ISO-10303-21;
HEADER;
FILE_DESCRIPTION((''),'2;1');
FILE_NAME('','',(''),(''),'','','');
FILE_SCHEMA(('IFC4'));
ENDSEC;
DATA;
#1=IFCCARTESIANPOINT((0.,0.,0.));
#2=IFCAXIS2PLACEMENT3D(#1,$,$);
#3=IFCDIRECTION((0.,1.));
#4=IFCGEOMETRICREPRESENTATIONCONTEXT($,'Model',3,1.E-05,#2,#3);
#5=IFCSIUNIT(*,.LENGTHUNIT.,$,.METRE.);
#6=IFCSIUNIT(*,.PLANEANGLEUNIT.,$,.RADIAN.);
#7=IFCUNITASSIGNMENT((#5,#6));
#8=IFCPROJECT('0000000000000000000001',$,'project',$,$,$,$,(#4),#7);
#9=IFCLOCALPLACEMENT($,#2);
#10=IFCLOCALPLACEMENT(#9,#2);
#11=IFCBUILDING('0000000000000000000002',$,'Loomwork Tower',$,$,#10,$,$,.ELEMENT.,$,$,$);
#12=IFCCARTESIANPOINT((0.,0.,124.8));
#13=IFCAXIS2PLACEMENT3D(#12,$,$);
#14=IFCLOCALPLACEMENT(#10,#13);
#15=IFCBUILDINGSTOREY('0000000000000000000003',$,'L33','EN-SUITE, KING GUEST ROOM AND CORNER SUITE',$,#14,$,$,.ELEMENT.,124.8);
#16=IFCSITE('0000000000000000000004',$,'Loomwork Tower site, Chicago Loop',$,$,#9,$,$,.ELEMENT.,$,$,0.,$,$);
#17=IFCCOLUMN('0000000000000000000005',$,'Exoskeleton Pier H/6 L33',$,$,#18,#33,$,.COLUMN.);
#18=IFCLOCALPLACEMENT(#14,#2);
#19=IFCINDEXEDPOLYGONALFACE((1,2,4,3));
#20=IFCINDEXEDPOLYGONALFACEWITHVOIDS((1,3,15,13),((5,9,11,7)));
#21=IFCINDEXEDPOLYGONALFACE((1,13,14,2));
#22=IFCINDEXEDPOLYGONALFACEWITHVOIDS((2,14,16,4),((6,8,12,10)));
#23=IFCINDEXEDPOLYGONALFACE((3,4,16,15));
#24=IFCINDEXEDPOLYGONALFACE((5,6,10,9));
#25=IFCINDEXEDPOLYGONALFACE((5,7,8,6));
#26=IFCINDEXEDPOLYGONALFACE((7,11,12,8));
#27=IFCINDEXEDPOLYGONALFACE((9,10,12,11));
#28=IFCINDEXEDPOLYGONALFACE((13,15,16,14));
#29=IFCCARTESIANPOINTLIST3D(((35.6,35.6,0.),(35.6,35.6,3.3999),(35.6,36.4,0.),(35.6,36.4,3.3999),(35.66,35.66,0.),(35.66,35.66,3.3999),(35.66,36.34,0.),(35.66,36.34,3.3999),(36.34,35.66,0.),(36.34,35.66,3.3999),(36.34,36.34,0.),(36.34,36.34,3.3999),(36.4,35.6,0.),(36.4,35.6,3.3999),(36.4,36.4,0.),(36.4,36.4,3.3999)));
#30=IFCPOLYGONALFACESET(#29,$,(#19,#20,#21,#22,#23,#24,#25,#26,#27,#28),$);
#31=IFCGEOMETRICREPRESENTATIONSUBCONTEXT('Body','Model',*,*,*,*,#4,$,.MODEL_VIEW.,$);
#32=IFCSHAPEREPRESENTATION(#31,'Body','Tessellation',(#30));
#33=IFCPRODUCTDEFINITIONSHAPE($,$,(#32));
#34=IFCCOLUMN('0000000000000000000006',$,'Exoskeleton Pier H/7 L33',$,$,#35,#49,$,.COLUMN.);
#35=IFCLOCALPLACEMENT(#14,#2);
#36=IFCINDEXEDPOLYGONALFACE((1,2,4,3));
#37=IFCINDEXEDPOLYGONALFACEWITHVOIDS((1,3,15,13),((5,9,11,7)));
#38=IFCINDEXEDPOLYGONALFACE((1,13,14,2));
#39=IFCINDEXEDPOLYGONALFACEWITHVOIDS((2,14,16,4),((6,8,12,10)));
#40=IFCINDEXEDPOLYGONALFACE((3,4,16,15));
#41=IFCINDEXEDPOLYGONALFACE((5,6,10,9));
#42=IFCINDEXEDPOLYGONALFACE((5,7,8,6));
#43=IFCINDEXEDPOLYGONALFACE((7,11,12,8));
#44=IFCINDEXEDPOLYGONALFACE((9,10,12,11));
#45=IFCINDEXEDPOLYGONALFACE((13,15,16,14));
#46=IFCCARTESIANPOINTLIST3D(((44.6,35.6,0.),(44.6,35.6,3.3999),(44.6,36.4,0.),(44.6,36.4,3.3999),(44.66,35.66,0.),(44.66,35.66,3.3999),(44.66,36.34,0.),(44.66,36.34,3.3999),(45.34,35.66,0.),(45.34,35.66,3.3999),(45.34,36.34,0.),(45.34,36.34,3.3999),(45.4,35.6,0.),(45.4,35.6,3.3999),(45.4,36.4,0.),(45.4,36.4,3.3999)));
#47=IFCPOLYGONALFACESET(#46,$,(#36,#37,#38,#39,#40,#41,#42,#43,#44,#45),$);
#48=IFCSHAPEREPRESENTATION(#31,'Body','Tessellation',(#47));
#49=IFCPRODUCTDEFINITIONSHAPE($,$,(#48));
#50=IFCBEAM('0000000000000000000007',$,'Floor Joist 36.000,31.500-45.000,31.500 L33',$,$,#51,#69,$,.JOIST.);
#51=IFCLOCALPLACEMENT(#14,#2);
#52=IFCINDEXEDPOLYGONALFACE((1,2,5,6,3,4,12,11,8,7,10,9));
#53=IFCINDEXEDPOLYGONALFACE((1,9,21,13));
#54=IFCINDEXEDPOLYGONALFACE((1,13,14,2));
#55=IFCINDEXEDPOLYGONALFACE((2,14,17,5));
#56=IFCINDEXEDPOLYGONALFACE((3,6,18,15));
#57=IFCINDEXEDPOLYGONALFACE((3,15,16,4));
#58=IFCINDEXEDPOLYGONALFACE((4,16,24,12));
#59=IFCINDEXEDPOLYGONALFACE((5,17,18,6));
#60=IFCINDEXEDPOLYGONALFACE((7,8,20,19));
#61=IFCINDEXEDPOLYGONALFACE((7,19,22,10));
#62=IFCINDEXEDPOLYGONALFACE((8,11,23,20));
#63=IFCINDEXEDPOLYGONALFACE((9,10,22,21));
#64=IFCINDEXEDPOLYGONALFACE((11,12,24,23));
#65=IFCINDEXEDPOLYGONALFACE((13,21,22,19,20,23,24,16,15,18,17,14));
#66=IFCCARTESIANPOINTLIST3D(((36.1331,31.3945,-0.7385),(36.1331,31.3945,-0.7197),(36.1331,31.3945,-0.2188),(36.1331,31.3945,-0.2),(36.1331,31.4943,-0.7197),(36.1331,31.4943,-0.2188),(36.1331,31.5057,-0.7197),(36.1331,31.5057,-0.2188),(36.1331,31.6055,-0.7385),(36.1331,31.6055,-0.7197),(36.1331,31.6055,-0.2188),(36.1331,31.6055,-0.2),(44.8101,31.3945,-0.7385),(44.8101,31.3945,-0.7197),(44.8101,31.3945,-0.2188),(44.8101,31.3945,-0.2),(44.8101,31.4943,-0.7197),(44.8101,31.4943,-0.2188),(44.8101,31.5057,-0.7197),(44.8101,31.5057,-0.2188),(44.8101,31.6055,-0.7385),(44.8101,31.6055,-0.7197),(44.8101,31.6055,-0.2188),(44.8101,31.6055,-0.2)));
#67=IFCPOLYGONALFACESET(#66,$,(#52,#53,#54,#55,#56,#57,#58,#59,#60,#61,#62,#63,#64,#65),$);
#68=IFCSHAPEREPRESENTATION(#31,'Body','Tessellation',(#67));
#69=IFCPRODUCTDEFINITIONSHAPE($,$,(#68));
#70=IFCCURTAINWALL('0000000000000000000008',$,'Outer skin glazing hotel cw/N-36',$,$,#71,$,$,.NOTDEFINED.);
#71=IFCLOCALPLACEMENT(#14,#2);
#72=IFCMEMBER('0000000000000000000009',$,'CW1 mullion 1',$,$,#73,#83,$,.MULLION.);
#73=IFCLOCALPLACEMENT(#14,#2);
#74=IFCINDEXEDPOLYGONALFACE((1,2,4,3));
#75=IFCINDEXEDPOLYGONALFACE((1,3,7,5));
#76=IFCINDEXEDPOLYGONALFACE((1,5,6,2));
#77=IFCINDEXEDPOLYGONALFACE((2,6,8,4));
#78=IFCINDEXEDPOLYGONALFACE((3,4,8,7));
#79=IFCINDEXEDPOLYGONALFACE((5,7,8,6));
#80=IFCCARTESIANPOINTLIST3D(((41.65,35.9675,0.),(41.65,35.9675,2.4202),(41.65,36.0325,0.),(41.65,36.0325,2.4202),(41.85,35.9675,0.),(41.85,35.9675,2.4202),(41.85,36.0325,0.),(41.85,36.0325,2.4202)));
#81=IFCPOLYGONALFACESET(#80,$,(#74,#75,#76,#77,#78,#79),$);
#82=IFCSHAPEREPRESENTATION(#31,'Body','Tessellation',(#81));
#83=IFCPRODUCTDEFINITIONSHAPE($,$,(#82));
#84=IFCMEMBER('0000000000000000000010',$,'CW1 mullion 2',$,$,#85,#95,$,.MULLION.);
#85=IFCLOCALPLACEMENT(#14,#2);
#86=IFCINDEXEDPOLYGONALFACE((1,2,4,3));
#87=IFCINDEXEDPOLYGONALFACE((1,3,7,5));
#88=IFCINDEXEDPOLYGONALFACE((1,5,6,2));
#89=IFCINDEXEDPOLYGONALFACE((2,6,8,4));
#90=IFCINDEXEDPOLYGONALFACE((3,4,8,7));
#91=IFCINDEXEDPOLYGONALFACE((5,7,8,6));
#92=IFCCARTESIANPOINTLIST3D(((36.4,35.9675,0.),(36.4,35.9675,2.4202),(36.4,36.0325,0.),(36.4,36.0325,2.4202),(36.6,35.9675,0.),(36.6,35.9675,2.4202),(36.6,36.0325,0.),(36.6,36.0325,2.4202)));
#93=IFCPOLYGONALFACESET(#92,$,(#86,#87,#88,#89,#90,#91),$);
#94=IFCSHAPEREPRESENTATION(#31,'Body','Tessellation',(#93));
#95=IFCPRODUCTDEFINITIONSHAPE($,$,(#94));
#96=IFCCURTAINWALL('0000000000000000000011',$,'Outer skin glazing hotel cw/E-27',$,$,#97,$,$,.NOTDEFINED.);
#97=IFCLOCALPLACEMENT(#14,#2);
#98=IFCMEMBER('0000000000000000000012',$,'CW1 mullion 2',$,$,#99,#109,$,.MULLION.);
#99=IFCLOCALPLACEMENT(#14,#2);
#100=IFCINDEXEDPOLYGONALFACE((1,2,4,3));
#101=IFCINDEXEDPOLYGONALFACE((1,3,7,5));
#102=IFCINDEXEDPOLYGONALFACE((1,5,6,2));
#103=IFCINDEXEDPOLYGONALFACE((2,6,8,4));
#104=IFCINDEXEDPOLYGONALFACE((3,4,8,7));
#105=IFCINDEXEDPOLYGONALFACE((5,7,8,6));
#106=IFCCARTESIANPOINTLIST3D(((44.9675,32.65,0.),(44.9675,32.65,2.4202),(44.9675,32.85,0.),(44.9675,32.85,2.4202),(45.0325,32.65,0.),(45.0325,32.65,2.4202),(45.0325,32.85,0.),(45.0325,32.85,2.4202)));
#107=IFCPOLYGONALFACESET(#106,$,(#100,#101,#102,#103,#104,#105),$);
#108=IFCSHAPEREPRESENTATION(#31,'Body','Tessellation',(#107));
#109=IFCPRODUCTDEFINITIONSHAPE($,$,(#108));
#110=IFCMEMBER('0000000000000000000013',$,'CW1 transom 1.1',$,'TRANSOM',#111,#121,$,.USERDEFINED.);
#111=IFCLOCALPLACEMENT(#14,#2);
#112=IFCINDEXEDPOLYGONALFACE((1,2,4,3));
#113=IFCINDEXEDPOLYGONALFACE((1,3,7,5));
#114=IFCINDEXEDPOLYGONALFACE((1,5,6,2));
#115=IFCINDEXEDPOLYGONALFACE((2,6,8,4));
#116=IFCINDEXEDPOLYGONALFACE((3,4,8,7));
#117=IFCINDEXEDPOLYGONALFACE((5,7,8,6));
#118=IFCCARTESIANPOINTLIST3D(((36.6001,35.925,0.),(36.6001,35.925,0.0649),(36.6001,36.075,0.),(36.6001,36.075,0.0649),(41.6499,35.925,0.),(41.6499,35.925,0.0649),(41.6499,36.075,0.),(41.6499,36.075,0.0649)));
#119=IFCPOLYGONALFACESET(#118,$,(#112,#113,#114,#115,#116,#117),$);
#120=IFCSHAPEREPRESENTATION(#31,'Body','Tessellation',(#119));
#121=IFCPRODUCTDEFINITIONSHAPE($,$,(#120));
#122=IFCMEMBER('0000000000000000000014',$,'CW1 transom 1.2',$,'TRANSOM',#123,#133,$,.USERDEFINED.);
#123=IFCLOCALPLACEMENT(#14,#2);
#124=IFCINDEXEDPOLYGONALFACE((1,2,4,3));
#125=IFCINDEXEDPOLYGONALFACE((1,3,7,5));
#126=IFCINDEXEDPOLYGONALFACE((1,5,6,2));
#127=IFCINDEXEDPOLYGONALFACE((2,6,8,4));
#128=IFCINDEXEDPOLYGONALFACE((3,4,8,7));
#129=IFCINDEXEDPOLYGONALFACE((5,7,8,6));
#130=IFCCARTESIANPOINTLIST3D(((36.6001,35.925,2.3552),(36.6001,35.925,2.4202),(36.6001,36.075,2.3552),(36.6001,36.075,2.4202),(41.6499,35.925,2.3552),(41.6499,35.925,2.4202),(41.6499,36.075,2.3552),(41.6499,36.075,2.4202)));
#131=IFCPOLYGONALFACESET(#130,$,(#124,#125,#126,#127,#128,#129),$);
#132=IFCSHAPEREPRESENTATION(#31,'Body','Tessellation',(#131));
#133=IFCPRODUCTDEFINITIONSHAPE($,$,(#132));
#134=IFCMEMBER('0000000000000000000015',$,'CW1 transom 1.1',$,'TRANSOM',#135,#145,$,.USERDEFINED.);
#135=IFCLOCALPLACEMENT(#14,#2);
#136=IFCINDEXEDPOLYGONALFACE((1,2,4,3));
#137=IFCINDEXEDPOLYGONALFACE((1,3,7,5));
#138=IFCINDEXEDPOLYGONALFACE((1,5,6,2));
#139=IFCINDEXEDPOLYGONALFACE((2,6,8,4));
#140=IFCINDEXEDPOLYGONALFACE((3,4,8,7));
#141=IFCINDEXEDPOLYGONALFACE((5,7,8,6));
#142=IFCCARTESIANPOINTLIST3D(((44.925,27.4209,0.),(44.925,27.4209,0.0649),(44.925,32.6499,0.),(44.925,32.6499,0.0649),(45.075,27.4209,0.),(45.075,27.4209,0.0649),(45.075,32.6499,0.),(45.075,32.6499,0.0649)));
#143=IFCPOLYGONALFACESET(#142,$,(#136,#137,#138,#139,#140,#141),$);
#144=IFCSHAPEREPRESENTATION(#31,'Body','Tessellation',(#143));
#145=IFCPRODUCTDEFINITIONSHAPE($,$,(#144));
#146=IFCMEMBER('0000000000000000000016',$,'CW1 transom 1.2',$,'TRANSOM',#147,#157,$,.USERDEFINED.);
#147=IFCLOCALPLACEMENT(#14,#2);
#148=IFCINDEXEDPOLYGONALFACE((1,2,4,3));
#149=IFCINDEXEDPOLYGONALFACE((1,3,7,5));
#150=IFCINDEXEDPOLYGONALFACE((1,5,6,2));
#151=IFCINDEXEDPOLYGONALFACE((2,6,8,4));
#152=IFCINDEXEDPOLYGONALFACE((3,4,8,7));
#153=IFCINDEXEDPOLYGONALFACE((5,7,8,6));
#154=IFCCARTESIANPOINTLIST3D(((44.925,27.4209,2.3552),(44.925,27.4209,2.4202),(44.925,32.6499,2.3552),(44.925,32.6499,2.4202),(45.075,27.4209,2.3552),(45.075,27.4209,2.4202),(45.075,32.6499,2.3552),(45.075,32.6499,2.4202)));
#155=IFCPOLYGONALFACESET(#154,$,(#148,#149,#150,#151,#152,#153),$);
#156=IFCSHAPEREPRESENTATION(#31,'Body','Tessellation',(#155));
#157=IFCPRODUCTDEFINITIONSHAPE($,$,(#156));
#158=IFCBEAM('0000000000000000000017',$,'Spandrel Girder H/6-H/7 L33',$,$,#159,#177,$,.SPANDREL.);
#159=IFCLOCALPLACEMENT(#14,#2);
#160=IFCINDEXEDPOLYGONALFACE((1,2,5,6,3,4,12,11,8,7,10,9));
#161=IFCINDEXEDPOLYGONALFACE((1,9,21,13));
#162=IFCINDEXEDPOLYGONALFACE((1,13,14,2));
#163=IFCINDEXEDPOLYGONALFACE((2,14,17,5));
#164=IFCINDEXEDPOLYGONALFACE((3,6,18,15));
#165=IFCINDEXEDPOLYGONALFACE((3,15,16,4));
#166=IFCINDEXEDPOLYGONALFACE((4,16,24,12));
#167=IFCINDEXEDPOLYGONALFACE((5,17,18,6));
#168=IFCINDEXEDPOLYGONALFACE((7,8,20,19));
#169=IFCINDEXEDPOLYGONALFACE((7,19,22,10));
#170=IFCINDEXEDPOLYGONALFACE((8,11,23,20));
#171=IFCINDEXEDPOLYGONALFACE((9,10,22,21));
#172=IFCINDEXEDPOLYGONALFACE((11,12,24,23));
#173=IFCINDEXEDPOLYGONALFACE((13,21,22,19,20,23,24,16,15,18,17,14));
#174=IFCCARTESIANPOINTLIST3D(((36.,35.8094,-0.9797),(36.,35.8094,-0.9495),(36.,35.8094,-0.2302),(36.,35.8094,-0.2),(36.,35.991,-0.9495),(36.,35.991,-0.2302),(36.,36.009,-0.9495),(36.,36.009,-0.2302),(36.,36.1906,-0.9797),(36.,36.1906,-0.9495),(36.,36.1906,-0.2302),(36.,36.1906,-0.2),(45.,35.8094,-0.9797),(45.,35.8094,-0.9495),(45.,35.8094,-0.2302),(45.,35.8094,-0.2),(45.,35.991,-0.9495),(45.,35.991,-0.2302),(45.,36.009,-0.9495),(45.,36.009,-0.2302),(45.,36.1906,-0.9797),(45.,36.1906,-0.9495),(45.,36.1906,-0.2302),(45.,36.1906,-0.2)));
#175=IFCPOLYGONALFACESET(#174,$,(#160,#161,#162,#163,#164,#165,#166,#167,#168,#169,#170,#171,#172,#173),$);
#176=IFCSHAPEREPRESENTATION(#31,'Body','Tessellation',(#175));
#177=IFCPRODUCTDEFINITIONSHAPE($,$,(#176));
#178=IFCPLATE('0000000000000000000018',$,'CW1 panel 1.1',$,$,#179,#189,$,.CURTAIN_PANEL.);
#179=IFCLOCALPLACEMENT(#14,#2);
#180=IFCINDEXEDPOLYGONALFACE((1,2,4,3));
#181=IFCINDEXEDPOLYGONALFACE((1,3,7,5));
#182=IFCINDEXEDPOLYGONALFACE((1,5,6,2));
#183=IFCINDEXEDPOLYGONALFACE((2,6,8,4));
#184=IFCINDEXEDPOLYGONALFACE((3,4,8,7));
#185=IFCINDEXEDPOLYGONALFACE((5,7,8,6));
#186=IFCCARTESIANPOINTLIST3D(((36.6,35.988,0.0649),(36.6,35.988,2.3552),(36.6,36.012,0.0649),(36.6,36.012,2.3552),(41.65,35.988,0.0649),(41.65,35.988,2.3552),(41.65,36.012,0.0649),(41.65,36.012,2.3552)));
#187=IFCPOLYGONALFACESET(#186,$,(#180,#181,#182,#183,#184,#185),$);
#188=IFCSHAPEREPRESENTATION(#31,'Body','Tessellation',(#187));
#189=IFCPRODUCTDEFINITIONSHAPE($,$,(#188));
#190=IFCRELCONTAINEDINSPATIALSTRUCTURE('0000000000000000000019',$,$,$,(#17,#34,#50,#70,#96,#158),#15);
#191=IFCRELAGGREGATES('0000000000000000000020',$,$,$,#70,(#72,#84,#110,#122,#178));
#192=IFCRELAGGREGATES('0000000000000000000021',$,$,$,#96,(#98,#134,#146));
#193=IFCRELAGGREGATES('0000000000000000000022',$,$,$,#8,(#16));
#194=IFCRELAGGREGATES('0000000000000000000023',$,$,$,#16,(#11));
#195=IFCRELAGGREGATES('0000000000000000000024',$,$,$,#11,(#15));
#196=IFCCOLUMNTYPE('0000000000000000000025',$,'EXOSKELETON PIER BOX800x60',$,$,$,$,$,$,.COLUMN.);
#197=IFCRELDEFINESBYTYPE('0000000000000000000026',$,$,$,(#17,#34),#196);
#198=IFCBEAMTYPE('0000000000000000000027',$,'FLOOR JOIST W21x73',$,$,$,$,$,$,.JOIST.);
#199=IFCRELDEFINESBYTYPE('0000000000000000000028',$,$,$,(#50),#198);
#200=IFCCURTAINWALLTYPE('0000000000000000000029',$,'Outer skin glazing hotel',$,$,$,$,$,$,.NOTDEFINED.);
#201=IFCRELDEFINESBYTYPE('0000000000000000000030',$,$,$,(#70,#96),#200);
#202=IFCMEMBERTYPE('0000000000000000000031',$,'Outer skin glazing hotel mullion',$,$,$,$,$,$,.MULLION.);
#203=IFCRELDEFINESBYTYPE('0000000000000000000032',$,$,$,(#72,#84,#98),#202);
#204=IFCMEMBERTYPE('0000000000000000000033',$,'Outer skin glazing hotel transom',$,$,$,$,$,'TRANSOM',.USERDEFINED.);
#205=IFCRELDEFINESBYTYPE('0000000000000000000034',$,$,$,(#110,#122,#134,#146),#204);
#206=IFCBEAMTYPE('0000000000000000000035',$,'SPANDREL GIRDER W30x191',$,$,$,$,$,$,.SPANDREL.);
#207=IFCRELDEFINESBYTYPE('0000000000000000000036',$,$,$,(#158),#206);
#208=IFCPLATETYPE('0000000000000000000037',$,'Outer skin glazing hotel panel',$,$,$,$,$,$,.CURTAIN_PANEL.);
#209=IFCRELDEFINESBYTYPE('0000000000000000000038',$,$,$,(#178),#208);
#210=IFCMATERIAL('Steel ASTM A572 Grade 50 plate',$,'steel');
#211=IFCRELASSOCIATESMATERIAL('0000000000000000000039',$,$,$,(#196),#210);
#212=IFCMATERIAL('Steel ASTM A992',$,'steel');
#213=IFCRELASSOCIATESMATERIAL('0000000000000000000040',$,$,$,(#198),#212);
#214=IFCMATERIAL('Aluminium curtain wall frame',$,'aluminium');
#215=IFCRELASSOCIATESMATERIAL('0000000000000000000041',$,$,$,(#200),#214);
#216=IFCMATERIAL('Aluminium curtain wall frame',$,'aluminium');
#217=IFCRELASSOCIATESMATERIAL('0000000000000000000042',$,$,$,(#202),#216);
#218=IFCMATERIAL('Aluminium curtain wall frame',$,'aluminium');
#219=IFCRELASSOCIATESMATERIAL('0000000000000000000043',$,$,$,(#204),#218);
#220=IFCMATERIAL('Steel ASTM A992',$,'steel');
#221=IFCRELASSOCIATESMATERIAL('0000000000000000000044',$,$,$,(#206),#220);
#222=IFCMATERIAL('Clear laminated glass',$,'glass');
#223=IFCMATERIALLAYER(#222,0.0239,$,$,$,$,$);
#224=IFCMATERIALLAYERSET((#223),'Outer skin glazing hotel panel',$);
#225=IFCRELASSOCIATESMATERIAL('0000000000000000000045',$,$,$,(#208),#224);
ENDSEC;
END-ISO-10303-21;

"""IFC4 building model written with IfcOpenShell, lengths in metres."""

from ifc_helpers import new_model, si_unit, direction, frame, origin, origin_2d, place, context, subcontext, project, spatial, rectangle, hollow_rectangle, i_section, extrude, material, layer, layer_set, material_profile, profile_set, type_object, element, aggregate, save


model = new_model("IFC4")

# Units and contexts
model_context = context("Model", 3, precision=1e-05, world=origin(), true_north=direction((0.0, 1.0)))
body_context = subcontext(model_context, "Body", "Model", "MODEL_VIEW")
ifc_project = project(units=[si_unit("LENGTHUNIT", "METRE"), si_unit("PLANEANGLEUNIT", "RADIAN")], contexts=[model_context])

# Site, building, storey
site_placement = place(None, origin())
site = spatial("IfcSite", under=ifc_project, at=site_placement, Name="Loomwork Tower site, Chicago Loop", CompositionType="ELEMENT", RefElevation=0.0)
building_placement = place(site_placement, origin())
building = spatial("IfcBuilding", under=site, at=building_placement, Name="Loomwork Tower", CompositionType="ELEMENT")
storey_placement = place(building_placement, frame((0.0, 0.0, 124.8)))
storey = spatial("IfcBuildingStorey", under=building, at=storey_placement, Name="L33", Description="EN-SUITE, KING GUEST ROOM AND CORNER SUITE", CompositionType="ELEMENT", Elevation=124.8)

# Columns
ifc_material_1 = material(Name="Steel ASTM A572 Grade 50 plate", Category="steel")
ifc_material_profile_1 = material_profile(ifc_material_1, hollow_rectangle(XDim=0.8, YDim=0.8, WallThickness=0.0601, at=origin_2d()), Name="BOX800x60")
ifc_profile_set_1 = profile_set([ifc_material_profile_1], Name="Steel ASTM A572 Grade 50 plate")
column_type = type_object("IfcColumnType", Name="EXOSKELETON PIER BOX800x60", PredefinedType="COLUMN", material=ifc_profile_set_1)
for number, where, z_axis, x_axis, name in (
    (1, (36.0, 36.0, 0.0), (0.0, 0.0, 1.0), (1.0, 0.0, 0.0), "Exoskeleton Pier H/6 L33"),
    (2, (45.0, 36.0, 0.0), (0.0, 0.0, 1.0), (1.0, 0.0, 0.0), "Exoskeleton Pier H/7 L33"),
):
    element("IfcColumn", number, at=place(storey_placement, frame(where, z_axis=z_axis, x_axis=x_axis)), inside=storey, type_object=column_type, Name=name, PredefinedType="COLUMN", context=body_context, shape_type="SweptSolid", body=[
        extrude(hollow_rectangle(XDim=0.8, YDim=0.8, WallThickness=0.0601, at=origin_2d()), origin(), (0.0, 0.0, 1.0), 3.3999),
    ])

# Beam
ifc_material_2 = material(Name="Steel ASTM A992", Category="steel")
ifc_material_profile_2 = material_profile(ifc_material_2, i_section(OverallWidth=0.2109, OverallDepth=0.5386, WebThickness=0.0115, FlangeThickness=0.0188, at=origin_2d()), Name="W21x73")
ifc_profile_set_2 = profile_set([ifc_material_profile_2], Name="Steel ASTM A992")
beam_type_1 = type_object("IfcBeamType", Name="FLOOR JOIST W21x73", PredefinedType="JOIST", material=ifc_profile_set_2)
beam_1_placement = place(storey_placement, frame((36.1331, 31.5, -0.4692), z_axis=(1.0, 0.0, 0.0), x_axis=(0.0, 1.0, 0.0)))
element("IfcBeam", 3, at=beam_1_placement, inside=storey, type_object=beam_type_1, Name="Floor Joist 36.000,31.500-45.000,31.500 L33", PredefinedType="JOIST", context=body_context, shape_type="SweptSolid", body=[
    extrude(i_section(OverallWidth=0.2109, OverallDepth=0.5386, WebThickness=0.0115, FlangeThickness=0.0188, at=origin_2d()), origin(), (0.0, 0.0, 1.0), 8.677),
])

# Curtain wall, members
ifc_material_3 = material(Name="Aluminium curtain wall frame", Category="aluminium")
curtain_wall_type = type_object("IfcCurtainWallType", Name="Outer skin glazing hotel", PredefinedType="NOTDEFINED", material=ifc_material_3)
curtain_wall_1_placement = place(storey_placement, origin())
curtain_wall_1 = element("IfcCurtainWall", 4, at=curtain_wall_1_placement, inside=storey, type_object=curtain_wall_type, Name="Outer skin glazing hotel cw/N-36", PredefinedType="NOTDEFINED")
ifc_material_4 = material(Name="Aluminium curtain wall frame", Category="aluminium")
ifc_material_profile_3 = material_profile(ifc_material_4, rectangle(XDim=0.0649, YDim=0.2, at=origin_2d()), Name="AL 65x200")
ifc_profile_set_3 = profile_set([ifc_material_profile_3], Name="Aluminium curtain wall frame")
member_type_1 = type_object("IfcMemberType", Name="Outer skin glazing hotel mullion", PredefinedType="MULLION", material=ifc_profile_set_3)
member_1_placement = place(storey_placement, frame((41.75, 36.0, 0.0), z_axis=(0.0, 0.0, 1.0), x_axis=(0.0, -1.0, 0.0)))
member_1 = element("IfcMember", 5, at=member_1_placement, type_object=member_type_1, Name="CW1 mullion 1", PredefinedType="MULLION", context=body_context, shape_type="SweptSolid", body=[
    extrude(rectangle(XDim=0.0649, YDim=0.2, at=origin_2d()), origin(), (0.0, 0.0, 1.0), 2.4202),
])
member_2_placement = place(storey_placement, frame((36.5, 36.0, 0.0), z_axis=(0.0, 0.0, 1.0), x_axis=(0.0, -1.0, 0.0)))
member_2 = element("IfcMember", 6, at=member_2_placement, type_object=member_type_1, Name="CW1 mullion 2", PredefinedType="MULLION", context=body_context, shape_type="SweptSolid", body=[
    extrude(rectangle(XDim=0.0649, YDim=0.2, at=origin_2d()), origin(), (0.0, 0.0, 1.0), 2.4202),
])

# Curtain wall, member
curtain_wall_2_placement = place(storey_placement, origin())
curtain_wall_2 = element("IfcCurtainWall", 7, at=curtain_wall_2_placement, inside=storey, type_object=curtain_wall_type, Name="Outer skin glazing hotel cw/E-27", PredefinedType="NOTDEFINED")
member_3_placement = place(storey_placement, frame((45.0, 32.75, 0.0), z_axis=(0.0, 0.0, 1.0), x_axis=(-1.0, 0.0, 0.0)))
member_3 = element("IfcMember", 8, at=member_3_placement, type_object=member_type_1, Name="CW1 mullion 2", PredefinedType="MULLION", context=body_context, shape_type="SweptSolid", body=[
    extrude(rectangle(XDim=0.0649, YDim=0.2, at=origin_2d()), origin(), (0.0, 0.0, 1.0), 2.4202),
])

# Members
ifc_material_5 = material(Name="Aluminium curtain wall frame", Category="aluminium")
ifc_material_profile_4 = material_profile(ifc_material_5, rectangle(XDim=0.1499, YDim=0.0649, at=origin_2d()), Name="AL 65x150")
ifc_profile_set_4 = profile_set([ifc_material_profile_4], Name="Aluminium curtain wall frame")
member_type_2 = type_object("IfcMemberType", Name="Outer skin glazing hotel transom", ElementType="TRANSOM", PredefinedType="USERDEFINED", material=ifc_profile_set_4)
member_4_placement = place(storey_placement, frame((41.6499, 36.0, 0.0325), z_axis=(-1.0, 0.0, 0.0), x_axis=(0.0, -1.0, 0.0)))
member_4 = element("IfcMember", 9, at=member_4_placement, type_object=member_type_2, Name="CW1 transom 1.1", ObjectType="TRANSOM", PredefinedType="USERDEFINED", context=body_context, shape_type="SweptSolid", body=[
    extrude(rectangle(XDim=0.1499, YDim=0.0649, at=origin_2d()), origin(), (0.0, 0.0, 1.0), 5.0498),
])
member_5_placement = place(storey_placement, frame((41.6499, 36.0, 2.3877), z_axis=(-1.0, 0.0, 0.0), x_axis=(0.0, -1.0, 0.0)))
member_5 = element("IfcMember", 10, at=member_5_placement, type_object=member_type_2, Name="CW1 transom 1.2", ObjectType="TRANSOM", PredefinedType="USERDEFINED", context=body_context, shape_type="SweptSolid", body=[
    extrude(rectangle(XDim=0.1499, YDim=0.0649, at=origin_2d()), origin(), (0.0, 0.0, 1.0), 5.0498),
])
member_6_placement = place(storey_placement, frame((45.0, 27.4209, 0.0325), z_axis=(0.0, 1.0, 0.0), x_axis=(-1.0, 0.0, 0.0)))
member_6 = element("IfcMember", 11, at=member_6_placement, type_object=member_type_2, Name="CW1 transom 1.1", ObjectType="TRANSOM", PredefinedType="USERDEFINED", context=body_context, shape_type="SweptSolid", body=[
    extrude(rectangle(XDim=0.1499, YDim=0.0649, at=origin_2d()), origin(), (0.0, 0.0, 1.0), 5.229),
])
member_7_placement = place(storey_placement, frame((45.0, 27.4209, 2.3877), z_axis=(0.0, 1.0, 0.0), x_axis=(-1.0, 0.0, 0.0)))
member_7 = element("IfcMember", 12, at=member_7_placement, type_object=member_type_2, Name="CW1 transom 1.2", ObjectType="TRANSOM", PredefinedType="USERDEFINED", context=body_context, shape_type="SweptSolid", body=[
    extrude(rectangle(XDim=0.1499, YDim=0.0649, at=origin_2d()), origin(), (0.0, 0.0, 1.0), 5.229),
])

# Beam
ifc_material_6 = material(Name="Steel ASTM A992", Category="steel")
ifc_material_profile_5 = material_profile(ifc_material_6, i_section(OverallWidth=0.3811, OverallDepth=0.7798, WebThickness=0.0181, FlangeThickness=0.0303, at=origin_2d()), Name="W30x191")
ifc_profile_set_5 = profile_set([ifc_material_profile_5], Name="Steel ASTM A992")
beam_type_2 = type_object("IfcBeamType", Name="SPANDREL GIRDER W30x191", PredefinedType="SPANDREL", material=ifc_profile_set_5)
beam_2_placement = place(storey_placement, frame((36.0, 36.0, -0.5898), z_axis=(1.0, 0.0, 0.0), x_axis=(0.0, 1.0, 0.0)))
element("IfcBeam", 13, at=beam_2_placement, inside=storey, type_object=beam_type_2, Name="Spandrel Girder H/6-H/7 L33", PredefinedType="SPANDREL", context=body_context, shape_type="SweptSolid", body=[
    extrude(i_section(OverallWidth=0.3811, OverallDepth=0.7798, WebThickness=0.0181, FlangeThickness=0.0303, at=origin_2d()), origin(), (0.0, 0.0, 1.0), 9.0),
])

# Plate
ifc_material_7 = material(Name="Clear laminated glass", Category="glass")
ifc_layer_1 = layer(ifc_material_7, 0.0239)
ifc_layer_set_1 = layer_set([ifc_layer_1], Name="Outer skin glazing hotel panel")
plate_type = type_object("IfcPlateType", Name="Outer skin glazing hotel panel", PredefinedType="CURTAIN_PANEL", material=ifc_layer_set_1)
plate_1_placement = place(storey_placement, frame((39.125, 36.0, 0.0649), z_axis=(0.0, 0.0, 1.0), x_axis=(-1.0, 0.0, 0.0)))
plate_1 = element("IfcPlate", 14, at=plate_1_placement, type_object=plate_type, Name="CW1 panel 1.1", PredefinedType="CURTAIN_PANEL", context=body_context, shape_type="SweptSolid", body=[
    extrude(rectangle(XDim=5.05, YDim=0.0239, at=origin_2d()), origin(), (0.0, 0.0, 1.0), 2.2903),
])
aggregate(curtain_wall_1, [member_1, member_2, member_4, member_5, plate_1])
aggregate(curtain_wall_2, [member_3, member_6, member_7])

save(model, "model.ifc")
